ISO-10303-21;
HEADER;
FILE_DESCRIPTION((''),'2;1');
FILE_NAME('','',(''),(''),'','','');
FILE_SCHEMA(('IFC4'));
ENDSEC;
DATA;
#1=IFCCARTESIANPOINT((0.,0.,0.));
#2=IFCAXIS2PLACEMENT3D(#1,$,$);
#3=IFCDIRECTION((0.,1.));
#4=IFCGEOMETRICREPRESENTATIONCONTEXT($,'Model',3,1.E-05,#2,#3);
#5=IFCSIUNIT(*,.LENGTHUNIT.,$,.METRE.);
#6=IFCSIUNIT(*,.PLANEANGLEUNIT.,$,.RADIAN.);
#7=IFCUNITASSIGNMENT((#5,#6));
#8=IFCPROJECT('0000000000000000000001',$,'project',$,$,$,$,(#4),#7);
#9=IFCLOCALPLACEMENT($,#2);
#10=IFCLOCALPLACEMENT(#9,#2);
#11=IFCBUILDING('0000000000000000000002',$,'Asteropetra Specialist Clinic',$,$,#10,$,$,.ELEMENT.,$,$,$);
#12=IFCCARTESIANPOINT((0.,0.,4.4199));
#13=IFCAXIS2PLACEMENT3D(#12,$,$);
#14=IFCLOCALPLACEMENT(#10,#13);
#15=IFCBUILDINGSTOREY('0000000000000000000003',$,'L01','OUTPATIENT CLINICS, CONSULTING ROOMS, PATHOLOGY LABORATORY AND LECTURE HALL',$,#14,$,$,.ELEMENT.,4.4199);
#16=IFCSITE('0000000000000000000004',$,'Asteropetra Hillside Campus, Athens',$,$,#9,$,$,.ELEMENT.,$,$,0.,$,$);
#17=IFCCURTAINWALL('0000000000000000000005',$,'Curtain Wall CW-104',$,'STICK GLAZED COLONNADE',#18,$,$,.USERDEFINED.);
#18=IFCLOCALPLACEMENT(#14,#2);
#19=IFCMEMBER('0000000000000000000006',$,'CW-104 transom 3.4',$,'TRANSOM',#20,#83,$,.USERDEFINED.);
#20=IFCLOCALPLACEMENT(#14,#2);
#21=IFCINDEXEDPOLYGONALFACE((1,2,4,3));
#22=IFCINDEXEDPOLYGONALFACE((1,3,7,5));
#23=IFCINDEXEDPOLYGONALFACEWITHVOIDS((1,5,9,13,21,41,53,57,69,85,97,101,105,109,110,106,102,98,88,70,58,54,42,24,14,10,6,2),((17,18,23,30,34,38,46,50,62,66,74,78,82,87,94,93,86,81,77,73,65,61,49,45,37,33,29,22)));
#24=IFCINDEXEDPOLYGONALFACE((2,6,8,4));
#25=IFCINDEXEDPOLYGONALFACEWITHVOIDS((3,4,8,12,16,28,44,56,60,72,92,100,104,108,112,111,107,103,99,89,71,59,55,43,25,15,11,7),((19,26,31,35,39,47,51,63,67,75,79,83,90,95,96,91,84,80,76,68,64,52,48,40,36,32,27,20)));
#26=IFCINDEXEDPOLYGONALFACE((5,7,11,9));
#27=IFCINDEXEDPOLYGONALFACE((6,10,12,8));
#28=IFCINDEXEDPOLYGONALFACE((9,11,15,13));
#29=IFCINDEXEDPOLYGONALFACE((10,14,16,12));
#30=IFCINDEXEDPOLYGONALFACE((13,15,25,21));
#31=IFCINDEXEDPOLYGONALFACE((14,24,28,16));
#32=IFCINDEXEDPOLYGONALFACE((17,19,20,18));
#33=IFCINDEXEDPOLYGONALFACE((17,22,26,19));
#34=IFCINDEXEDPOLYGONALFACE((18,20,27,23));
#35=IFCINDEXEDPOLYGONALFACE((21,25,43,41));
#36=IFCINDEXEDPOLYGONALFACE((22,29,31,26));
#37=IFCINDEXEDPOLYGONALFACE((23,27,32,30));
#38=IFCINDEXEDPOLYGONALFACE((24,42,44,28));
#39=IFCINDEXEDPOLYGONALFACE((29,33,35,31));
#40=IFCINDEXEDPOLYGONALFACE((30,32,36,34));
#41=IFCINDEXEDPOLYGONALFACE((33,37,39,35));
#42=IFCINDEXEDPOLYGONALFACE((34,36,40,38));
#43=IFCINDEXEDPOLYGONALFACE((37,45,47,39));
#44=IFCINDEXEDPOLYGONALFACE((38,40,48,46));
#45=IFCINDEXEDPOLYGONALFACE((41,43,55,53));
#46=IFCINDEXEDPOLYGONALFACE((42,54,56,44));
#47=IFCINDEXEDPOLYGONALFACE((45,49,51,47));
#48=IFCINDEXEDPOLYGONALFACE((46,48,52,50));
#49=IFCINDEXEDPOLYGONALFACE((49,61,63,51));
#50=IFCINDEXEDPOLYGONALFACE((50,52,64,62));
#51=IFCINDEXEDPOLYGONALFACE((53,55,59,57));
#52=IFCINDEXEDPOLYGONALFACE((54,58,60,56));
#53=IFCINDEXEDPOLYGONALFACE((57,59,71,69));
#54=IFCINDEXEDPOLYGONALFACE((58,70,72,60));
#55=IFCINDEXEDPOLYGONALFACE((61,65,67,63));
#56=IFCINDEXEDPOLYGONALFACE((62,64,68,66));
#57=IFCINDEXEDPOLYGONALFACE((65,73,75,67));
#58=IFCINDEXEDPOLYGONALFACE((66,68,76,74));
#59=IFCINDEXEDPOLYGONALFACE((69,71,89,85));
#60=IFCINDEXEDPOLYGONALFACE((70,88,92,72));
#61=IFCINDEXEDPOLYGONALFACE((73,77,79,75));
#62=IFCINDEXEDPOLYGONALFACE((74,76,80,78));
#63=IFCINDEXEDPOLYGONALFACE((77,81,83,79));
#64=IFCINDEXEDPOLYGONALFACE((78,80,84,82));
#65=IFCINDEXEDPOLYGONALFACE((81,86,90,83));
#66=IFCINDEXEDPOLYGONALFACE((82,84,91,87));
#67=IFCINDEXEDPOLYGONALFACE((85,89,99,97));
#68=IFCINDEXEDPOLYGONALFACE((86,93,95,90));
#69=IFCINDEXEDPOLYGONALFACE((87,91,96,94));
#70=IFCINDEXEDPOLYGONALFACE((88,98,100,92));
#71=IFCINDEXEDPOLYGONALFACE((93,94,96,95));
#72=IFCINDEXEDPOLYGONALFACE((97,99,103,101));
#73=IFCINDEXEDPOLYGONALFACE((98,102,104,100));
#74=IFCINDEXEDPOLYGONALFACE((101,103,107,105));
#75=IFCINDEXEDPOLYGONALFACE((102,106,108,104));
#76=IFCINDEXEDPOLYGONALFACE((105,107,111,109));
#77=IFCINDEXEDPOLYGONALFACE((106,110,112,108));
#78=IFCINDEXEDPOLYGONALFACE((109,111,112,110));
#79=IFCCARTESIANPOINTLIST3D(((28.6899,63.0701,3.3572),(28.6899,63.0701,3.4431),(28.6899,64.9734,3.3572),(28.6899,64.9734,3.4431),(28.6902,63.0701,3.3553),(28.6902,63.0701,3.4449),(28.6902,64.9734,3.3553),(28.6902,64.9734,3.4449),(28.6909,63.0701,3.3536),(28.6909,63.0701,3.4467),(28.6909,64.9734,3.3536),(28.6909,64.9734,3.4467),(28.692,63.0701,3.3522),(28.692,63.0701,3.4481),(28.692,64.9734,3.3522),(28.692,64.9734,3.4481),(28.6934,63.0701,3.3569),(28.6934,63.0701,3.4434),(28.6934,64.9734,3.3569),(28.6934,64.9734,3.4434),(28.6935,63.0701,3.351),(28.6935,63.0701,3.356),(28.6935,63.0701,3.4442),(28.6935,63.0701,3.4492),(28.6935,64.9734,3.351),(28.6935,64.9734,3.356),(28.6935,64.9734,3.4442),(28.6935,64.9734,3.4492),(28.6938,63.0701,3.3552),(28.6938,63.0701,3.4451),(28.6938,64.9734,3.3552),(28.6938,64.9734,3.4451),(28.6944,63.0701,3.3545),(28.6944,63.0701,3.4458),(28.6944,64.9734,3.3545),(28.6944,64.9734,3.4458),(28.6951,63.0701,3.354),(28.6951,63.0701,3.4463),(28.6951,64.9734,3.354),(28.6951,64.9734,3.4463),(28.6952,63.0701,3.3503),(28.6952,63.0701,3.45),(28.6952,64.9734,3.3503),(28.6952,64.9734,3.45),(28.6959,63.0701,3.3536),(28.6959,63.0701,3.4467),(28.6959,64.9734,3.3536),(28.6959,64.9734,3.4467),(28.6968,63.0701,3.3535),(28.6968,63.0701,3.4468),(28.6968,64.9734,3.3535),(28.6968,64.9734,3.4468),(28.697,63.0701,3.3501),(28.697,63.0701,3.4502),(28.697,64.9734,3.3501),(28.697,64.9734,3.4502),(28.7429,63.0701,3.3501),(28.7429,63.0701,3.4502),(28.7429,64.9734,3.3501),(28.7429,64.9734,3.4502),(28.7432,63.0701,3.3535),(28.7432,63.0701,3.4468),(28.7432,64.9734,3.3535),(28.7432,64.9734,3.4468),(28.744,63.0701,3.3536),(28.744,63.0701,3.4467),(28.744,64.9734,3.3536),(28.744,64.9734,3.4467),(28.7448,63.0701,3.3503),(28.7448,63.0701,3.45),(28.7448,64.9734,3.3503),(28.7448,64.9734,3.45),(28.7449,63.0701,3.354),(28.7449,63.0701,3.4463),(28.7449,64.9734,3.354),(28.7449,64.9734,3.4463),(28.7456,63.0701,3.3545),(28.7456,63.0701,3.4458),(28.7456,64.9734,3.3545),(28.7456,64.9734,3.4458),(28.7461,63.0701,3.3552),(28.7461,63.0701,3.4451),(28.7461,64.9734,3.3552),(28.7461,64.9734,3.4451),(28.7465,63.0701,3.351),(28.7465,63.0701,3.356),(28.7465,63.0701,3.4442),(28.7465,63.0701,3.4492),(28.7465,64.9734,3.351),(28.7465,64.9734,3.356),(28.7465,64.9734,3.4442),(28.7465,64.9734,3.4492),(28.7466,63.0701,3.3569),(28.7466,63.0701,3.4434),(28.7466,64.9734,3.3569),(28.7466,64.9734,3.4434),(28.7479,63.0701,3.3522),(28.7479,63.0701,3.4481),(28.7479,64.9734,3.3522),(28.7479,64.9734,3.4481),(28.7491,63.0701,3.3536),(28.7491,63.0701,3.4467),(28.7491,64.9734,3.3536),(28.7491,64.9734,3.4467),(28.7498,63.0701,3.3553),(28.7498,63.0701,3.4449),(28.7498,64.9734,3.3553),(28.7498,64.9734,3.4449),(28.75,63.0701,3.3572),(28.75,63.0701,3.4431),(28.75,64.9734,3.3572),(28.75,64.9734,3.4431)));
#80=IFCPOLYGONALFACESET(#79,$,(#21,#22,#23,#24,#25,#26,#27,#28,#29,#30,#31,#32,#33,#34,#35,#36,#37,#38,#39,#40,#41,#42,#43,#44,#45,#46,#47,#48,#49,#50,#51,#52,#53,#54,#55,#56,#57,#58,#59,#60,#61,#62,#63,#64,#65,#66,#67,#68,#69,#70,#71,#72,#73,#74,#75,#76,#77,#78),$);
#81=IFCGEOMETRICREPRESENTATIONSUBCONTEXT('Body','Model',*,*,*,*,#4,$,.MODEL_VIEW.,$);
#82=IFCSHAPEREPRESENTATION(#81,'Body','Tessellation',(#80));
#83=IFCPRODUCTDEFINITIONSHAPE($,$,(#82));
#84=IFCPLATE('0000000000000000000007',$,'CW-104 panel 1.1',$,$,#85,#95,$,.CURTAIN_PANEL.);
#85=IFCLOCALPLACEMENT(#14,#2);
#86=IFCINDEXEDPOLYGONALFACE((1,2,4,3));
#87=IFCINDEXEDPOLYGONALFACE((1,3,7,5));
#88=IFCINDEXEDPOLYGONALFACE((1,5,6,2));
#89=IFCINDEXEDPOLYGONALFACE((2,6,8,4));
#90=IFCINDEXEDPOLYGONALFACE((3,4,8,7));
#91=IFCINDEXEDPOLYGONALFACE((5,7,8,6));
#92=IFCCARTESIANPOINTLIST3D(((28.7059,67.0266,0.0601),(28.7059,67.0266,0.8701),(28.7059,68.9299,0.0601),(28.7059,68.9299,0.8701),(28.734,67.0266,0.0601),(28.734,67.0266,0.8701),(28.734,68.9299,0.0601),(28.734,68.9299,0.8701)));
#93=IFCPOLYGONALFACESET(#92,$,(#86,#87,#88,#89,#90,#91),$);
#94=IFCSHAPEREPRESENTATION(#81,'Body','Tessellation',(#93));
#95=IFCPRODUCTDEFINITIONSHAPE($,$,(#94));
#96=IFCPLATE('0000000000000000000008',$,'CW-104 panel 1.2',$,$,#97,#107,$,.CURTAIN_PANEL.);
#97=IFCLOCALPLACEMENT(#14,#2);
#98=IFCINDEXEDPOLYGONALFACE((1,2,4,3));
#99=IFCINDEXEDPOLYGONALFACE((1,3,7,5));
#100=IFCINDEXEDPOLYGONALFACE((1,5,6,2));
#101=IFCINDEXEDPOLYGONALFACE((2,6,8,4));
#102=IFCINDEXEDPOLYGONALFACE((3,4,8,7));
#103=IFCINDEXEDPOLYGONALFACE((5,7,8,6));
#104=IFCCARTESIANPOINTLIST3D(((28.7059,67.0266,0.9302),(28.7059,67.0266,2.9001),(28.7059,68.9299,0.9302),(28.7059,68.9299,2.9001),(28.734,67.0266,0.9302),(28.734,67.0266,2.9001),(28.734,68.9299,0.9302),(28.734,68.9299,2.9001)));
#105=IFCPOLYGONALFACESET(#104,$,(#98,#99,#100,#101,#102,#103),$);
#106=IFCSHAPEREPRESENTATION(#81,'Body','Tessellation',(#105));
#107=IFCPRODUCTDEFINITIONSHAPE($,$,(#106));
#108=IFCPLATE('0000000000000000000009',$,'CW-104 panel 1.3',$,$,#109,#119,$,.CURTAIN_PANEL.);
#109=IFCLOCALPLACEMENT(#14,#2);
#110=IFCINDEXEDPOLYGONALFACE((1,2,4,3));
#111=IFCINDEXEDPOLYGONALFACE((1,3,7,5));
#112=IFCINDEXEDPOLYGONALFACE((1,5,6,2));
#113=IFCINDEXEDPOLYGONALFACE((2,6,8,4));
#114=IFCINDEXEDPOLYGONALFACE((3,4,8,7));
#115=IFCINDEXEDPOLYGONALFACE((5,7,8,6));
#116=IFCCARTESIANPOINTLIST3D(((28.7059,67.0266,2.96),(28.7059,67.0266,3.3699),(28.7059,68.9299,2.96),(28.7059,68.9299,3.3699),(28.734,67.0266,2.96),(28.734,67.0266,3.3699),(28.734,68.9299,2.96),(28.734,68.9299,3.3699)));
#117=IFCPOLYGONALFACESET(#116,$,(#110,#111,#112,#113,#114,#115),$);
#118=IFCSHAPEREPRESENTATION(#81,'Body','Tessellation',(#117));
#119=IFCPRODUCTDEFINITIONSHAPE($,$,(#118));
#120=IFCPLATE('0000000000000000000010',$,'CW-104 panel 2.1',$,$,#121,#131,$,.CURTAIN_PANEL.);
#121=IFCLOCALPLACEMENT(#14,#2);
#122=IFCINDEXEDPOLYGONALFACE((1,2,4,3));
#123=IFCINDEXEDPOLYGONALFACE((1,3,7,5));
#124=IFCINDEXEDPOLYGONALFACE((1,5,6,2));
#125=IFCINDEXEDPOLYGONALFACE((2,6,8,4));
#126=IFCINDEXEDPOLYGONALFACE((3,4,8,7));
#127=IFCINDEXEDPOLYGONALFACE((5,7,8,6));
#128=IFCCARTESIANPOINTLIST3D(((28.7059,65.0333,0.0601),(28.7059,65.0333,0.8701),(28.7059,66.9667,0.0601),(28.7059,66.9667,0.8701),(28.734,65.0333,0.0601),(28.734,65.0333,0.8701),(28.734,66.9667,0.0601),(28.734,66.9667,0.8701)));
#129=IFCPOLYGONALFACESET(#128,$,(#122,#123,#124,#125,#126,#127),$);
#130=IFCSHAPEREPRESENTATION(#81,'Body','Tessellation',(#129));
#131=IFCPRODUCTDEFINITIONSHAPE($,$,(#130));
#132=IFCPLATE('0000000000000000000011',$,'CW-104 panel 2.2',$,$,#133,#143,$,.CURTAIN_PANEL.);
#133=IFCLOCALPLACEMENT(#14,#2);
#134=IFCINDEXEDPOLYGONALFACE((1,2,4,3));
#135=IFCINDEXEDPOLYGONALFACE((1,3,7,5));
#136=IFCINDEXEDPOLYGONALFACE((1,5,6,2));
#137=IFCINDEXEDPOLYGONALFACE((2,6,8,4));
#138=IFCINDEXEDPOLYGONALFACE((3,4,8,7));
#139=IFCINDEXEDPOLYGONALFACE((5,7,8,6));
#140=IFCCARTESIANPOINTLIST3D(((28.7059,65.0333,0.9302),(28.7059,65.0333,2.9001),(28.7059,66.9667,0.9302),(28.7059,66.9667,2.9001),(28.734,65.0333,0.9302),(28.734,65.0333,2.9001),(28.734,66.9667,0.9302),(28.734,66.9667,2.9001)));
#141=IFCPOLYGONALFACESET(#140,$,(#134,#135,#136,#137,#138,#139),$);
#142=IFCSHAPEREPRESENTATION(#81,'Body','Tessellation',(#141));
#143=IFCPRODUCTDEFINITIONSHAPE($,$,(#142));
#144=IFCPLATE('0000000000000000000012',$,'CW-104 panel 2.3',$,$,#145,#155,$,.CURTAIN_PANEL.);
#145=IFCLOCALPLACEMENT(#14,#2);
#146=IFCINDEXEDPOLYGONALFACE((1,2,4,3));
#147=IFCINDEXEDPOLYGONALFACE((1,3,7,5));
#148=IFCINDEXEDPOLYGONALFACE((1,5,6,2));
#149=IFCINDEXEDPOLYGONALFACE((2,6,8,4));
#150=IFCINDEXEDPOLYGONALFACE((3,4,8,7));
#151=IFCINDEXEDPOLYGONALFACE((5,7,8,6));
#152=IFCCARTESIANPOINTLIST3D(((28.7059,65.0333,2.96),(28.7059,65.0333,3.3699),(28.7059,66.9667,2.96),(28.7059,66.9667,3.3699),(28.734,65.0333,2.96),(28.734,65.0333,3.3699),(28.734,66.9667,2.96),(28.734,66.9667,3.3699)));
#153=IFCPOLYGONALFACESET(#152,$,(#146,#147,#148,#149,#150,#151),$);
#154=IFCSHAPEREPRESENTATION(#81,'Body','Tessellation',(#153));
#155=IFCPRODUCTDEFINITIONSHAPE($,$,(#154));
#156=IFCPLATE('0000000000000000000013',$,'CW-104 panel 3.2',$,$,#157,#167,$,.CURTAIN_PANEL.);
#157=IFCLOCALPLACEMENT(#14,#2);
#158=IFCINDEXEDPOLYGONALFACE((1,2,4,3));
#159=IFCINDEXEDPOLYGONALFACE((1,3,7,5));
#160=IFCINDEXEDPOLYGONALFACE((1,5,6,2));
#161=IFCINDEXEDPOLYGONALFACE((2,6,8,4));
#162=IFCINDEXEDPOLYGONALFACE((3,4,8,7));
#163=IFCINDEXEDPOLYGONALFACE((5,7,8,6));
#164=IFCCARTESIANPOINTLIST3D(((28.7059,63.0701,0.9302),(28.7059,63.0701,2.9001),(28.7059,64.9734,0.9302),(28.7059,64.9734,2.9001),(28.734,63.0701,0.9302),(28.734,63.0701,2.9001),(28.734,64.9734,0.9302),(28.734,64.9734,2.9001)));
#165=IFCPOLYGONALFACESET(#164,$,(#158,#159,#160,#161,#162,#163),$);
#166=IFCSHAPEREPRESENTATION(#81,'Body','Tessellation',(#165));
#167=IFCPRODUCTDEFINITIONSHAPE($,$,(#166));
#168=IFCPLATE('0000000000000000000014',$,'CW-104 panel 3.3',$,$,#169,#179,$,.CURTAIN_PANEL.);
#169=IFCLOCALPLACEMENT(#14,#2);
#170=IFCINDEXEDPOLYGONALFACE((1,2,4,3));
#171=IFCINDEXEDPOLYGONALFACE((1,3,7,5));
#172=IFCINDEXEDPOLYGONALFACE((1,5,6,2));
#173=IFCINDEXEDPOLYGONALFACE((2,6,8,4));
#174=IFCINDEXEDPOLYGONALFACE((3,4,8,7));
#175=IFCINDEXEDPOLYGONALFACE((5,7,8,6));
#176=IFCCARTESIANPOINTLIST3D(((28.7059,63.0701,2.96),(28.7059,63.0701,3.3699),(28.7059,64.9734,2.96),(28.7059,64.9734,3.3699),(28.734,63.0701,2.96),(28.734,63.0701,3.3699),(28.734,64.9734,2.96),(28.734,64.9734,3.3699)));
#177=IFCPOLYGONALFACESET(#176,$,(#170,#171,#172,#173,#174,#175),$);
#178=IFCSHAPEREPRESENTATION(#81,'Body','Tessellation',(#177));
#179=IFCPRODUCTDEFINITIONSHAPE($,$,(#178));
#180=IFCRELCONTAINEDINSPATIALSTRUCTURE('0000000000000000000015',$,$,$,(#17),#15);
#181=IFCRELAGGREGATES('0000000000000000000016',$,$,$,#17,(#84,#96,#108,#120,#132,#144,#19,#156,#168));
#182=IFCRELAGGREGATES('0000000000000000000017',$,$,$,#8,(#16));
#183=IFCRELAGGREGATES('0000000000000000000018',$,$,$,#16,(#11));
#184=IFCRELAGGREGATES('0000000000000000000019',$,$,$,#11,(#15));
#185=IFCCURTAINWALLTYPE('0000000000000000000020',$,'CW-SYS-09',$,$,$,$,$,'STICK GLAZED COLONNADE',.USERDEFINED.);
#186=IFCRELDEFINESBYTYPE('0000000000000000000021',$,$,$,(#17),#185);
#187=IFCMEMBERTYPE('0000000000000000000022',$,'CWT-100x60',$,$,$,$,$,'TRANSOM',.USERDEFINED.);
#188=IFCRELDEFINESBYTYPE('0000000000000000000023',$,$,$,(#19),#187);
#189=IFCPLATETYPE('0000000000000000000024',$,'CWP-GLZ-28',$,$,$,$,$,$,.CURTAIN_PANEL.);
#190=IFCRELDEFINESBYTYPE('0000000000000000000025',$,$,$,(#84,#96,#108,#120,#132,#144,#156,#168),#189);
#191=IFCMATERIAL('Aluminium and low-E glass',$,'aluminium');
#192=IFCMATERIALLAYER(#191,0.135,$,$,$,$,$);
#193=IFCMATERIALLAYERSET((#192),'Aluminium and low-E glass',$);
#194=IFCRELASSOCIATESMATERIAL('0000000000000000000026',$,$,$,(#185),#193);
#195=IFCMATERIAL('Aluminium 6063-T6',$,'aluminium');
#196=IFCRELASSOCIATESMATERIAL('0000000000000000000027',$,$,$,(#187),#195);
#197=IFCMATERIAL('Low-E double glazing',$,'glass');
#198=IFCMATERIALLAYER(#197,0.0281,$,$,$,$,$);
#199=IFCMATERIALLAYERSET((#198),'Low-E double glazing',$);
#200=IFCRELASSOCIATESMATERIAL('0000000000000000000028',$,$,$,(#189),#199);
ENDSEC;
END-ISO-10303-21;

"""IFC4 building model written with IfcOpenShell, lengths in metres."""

from ifc_helpers import new_model, si_unit, direction, frame, origin, origin_2d, place, context, subcontext, project, spatial, rectangle, hollow_rectangle, extrude, material, layer, layer_set, material_profile, profile_set, type_object, element, aggregate, save


model = new_model("IFC4")

# Units and contexts
model_context = context("Model", 3, precision=1e-05, world=origin(), true_north=direction((0.0, 1.0)))
body_context = subcontext(model_context, "Body", "Model", "MODEL_VIEW")
ifc_project = project(units=[si_unit("LENGTHUNIT", "METRE"), si_unit("PLANEANGLEUNIT", "RADIAN")], contexts=[model_context])

# Site, building, storey
site_placement = place(None, origin())
site = spatial("IfcSite", under=ifc_project, at=site_placement, Name="Asteropetra Hillside Campus, Athens", CompositionType="ELEMENT", RefElevation=0.0)
building_placement = place(site_placement, origin())
building = spatial("IfcBuilding", under=site, at=building_placement, Name="Asteropetra Specialist Clinic", CompositionType="ELEMENT")
storey_placement = place(building_placement, frame((0.0, 0.0, 4.4199)))
storey = spatial("IfcBuildingStorey", under=building, at=storey_placement, Name="L01", Description="OUTPATIENT CLINICS, CONSULTING ROOMS, PATHOLOGY LABORATORY AND LECTURE HALL", CompositionType="ELEMENT", Elevation=4.4199)

# Curtain wall, member, plates
ifc_material_1 = material(Name="Aluminium and low-E glass", Category="aluminium")
ifc_layer_1 = layer(ifc_material_1, 0.135)
ifc_layer_set_1 = layer_set([ifc_layer_1], Name="Aluminium and low-E glass")
curtain_wall_type = type_object("IfcCurtainWallType", Name="CW-SYS-09", ElementType="STICK GLAZED COLONNADE", PredefinedType="USERDEFINED", material=ifc_layer_set_1)
curtain_wall_placement = place(storey_placement, origin())
curtain_wall = element("IfcCurtainWall", 1, at=curtain_wall_placement, inside=storey, type_object=curtain_wall_type, Name="Curtain Wall CW-104", ObjectType="STICK GLAZED COLONNADE", PredefinedType="USERDEFINED")
ifc_material_2 = material(Name="Aluminium 6063-T6", Category="aluminium")
ifc_material_profile_1 = material_profile(ifc_material_2, hollow_rectangle(XDim=0.0601, YDim=0.1001, WallThickness=0.0034, InnerFilletRadius=0.0034, OuterFilletRadius=0.0071, at=origin_2d()), Name="TRN 100x60x3.5")
ifc_profile_set_1 = profile_set([ifc_material_profile_1], Name="Aluminium 6063-T6")
member_type_1 = type_object("IfcMemberType", Name="CWT-100x60", ElementType="TRANSOM", PredefinedType="USERDEFINED", material=ifc_profile_set_1)
member_1_placement = place(storey_placement, frame((28.72, 64.9734, 3.4001), z_axis=(0.0, -1.0, 0.0), x_axis=(1.0, 0.0, 0.0)))
member_1 = element("IfcMember", 2, at=member_1_placement, type_object=member_type_1, Name="CW-104 transom 3.4", ObjectType="TRANSOM", PredefinedType="USERDEFINED", context=body_context, shape_type="SweptSolid", body=[
    extrude(hollow_rectangle(XDim=0.0601, YDim=0.1001, WallThickness=0.0034, InnerFilletRadius=0.0034, OuterFilletRadius=0.0071, at=origin_2d()), origin(), (0.0, 0.0, 1.0), 1.9033),
])
ifc_material_3 = material(Name="Low-E double glazing", Category="glass")
ifc_layer_2 = layer(ifc_material_3, 0.0281)
ifc_layer_set_2 = layer_set([ifc_layer_2], Name="Low-E double glazing")
plate_type = type_object("IfcPlateType", Name="CWP-GLZ-28", PredefinedType="CURTAIN_PANEL", material=ifc_layer_set_2)
plate_1_placement = place(storey_placement, frame((28.72, 67.9783, 0.0601), z_axis=(0.0, 0.0, 1.0), x_axis=(0.0, -1.0, 0.0)))
plate_1 = element("IfcPlate", 3, at=plate_1_placement, type_object=plate_type, Name="CW-104 panel 1.1", PredefinedType="CURTAIN_PANEL", context=body_context, shape_type="SweptSolid", body=[
    extrude(rectangle(XDim=1.9033, YDim=0.0281, at=origin_2d()), origin(), (0.0, 0.0, 1.0), 0.8101),
])
plate_2_placement = place(storey_placement, frame((28.72, 67.9783, 0.9302), z_axis=(0.0, 0.0, 1.0), x_axis=(0.0, -1.0, 0.0)))
plate_2 = element("IfcPlate", 4, at=plate_2_placement, type_object=plate_type, Name="CW-104 panel 1.2", PredefinedType="CURTAIN_PANEL", context=body_context, shape_type="SweptSolid", body=[
    extrude(rectangle(XDim=1.9033, YDim=0.0281, at=origin_2d()), origin(), (0.0, 0.0, 1.0), 1.97),
])
plate_3_placement = place(storey_placement, frame((28.72, 67.9783, 2.96), z_axis=(0.0, 0.0, 1.0), x_axis=(0.0, -1.0, 0.0)))
plate_3 = element("IfcPlate", 5, at=plate_3_placement, type_object=plate_type, Name="CW-104 panel 1.3", PredefinedType="CURTAIN_PANEL", context=body_context, shape_type="SweptSolid", body=[
    extrude(rectangle(XDim=1.9033, YDim=0.0281, at=origin_2d()), origin(), (0.0, 0.0, 1.0), 0.4099),
])
plate_4_placement = place(storey_placement, frame((28.72, 66.0, 0.0601), z_axis=(0.0, 0.0, 1.0), x_axis=(0.0, -1.0, 0.0)))
plate_4 = element("IfcPlate", 6, at=plate_4_placement, type_object=plate_type, Name="CW-104 panel 2.1", PredefinedType="CURTAIN_PANEL", context=body_context, shape_type="SweptSolid", body=[
    extrude(rectangle(XDim=1.9333, YDim=0.0281, at=origin_2d()), origin(), (0.0, 0.0, 1.0), 0.8101),
])
plate_5_placement = place(storey_placement, frame((28.72, 66.0, 0.9302), z_axis=(0.0, 0.0, 1.0), x_axis=(0.0, -1.0, 0.0)))
plate_5 = element("IfcPlate", 7, at=plate_5_placement, type_object=plate_type, Name="CW-104 panel 2.2", PredefinedType="CURTAIN_PANEL", context=body_context, shape_type="SweptSolid", body=[
    extrude(rectangle(XDim=1.9333, YDim=0.0281, at=origin_2d()), origin(), (0.0, 0.0, 1.0), 1.97),
])
plate_6_placement = place(storey_placement, frame((28.72, 66.0, 2.96), z_axis=(0.0, 0.0, 1.0), x_axis=(0.0, -1.0, 0.0)))
plate_6 = element("IfcPlate", 8, at=plate_6_placement, type_object=plate_type, Name="CW-104 panel 2.3", PredefinedType="CURTAIN_PANEL", context=body_context, shape_type="SweptSolid", body=[
    extrude(rectangle(XDim=1.9333, YDim=0.0281, at=origin_2d()), origin(), (0.0, 0.0, 1.0), 0.4099),
])
plate_7_placement = place(storey_placement, frame((28.72, 64.0217, 0.9302), z_axis=(0.0, 0.0, 1.0), x_axis=(0.0, -1.0, 0.0)))
plate_7 = element("IfcPlate", 9, at=plate_7_placement, type_object=plate_type, Name="CW-104 panel 3.2", PredefinedType="CURTAIN_PANEL", context=body_context, shape_type="SweptSolid", body=[
    extrude(rectangle(XDim=1.9033, YDim=0.0281, at=origin_2d()), origin(), (0.0, 0.0, 1.0), 1.97),
])
plate_8_placement = place(storey_placement, frame((28.72, 64.0217, 2.96), z_axis=(0.0, 0.0, 1.0), x_axis=(0.0, -1.0, 0.0)))
plate_8 = element("IfcPlate", 10, at=plate_8_placement, type_object=plate_type, Name="CW-104 panel 3.3", PredefinedType="CURTAIN_PANEL", context=body_context, shape_type="SweptSolid", body=[
    extrude(rectangle(XDim=1.9033, YDim=0.0281, at=origin_2d()), origin(), (0.0, 0.0, 1.0), 0.4099),
])
aggregate(curtain_wall, [plate_1, plate_2, plate_3, plate_4, plate_5, plate_6, member_1, plate_7, plate_8])

save(model, "model.ifc")
